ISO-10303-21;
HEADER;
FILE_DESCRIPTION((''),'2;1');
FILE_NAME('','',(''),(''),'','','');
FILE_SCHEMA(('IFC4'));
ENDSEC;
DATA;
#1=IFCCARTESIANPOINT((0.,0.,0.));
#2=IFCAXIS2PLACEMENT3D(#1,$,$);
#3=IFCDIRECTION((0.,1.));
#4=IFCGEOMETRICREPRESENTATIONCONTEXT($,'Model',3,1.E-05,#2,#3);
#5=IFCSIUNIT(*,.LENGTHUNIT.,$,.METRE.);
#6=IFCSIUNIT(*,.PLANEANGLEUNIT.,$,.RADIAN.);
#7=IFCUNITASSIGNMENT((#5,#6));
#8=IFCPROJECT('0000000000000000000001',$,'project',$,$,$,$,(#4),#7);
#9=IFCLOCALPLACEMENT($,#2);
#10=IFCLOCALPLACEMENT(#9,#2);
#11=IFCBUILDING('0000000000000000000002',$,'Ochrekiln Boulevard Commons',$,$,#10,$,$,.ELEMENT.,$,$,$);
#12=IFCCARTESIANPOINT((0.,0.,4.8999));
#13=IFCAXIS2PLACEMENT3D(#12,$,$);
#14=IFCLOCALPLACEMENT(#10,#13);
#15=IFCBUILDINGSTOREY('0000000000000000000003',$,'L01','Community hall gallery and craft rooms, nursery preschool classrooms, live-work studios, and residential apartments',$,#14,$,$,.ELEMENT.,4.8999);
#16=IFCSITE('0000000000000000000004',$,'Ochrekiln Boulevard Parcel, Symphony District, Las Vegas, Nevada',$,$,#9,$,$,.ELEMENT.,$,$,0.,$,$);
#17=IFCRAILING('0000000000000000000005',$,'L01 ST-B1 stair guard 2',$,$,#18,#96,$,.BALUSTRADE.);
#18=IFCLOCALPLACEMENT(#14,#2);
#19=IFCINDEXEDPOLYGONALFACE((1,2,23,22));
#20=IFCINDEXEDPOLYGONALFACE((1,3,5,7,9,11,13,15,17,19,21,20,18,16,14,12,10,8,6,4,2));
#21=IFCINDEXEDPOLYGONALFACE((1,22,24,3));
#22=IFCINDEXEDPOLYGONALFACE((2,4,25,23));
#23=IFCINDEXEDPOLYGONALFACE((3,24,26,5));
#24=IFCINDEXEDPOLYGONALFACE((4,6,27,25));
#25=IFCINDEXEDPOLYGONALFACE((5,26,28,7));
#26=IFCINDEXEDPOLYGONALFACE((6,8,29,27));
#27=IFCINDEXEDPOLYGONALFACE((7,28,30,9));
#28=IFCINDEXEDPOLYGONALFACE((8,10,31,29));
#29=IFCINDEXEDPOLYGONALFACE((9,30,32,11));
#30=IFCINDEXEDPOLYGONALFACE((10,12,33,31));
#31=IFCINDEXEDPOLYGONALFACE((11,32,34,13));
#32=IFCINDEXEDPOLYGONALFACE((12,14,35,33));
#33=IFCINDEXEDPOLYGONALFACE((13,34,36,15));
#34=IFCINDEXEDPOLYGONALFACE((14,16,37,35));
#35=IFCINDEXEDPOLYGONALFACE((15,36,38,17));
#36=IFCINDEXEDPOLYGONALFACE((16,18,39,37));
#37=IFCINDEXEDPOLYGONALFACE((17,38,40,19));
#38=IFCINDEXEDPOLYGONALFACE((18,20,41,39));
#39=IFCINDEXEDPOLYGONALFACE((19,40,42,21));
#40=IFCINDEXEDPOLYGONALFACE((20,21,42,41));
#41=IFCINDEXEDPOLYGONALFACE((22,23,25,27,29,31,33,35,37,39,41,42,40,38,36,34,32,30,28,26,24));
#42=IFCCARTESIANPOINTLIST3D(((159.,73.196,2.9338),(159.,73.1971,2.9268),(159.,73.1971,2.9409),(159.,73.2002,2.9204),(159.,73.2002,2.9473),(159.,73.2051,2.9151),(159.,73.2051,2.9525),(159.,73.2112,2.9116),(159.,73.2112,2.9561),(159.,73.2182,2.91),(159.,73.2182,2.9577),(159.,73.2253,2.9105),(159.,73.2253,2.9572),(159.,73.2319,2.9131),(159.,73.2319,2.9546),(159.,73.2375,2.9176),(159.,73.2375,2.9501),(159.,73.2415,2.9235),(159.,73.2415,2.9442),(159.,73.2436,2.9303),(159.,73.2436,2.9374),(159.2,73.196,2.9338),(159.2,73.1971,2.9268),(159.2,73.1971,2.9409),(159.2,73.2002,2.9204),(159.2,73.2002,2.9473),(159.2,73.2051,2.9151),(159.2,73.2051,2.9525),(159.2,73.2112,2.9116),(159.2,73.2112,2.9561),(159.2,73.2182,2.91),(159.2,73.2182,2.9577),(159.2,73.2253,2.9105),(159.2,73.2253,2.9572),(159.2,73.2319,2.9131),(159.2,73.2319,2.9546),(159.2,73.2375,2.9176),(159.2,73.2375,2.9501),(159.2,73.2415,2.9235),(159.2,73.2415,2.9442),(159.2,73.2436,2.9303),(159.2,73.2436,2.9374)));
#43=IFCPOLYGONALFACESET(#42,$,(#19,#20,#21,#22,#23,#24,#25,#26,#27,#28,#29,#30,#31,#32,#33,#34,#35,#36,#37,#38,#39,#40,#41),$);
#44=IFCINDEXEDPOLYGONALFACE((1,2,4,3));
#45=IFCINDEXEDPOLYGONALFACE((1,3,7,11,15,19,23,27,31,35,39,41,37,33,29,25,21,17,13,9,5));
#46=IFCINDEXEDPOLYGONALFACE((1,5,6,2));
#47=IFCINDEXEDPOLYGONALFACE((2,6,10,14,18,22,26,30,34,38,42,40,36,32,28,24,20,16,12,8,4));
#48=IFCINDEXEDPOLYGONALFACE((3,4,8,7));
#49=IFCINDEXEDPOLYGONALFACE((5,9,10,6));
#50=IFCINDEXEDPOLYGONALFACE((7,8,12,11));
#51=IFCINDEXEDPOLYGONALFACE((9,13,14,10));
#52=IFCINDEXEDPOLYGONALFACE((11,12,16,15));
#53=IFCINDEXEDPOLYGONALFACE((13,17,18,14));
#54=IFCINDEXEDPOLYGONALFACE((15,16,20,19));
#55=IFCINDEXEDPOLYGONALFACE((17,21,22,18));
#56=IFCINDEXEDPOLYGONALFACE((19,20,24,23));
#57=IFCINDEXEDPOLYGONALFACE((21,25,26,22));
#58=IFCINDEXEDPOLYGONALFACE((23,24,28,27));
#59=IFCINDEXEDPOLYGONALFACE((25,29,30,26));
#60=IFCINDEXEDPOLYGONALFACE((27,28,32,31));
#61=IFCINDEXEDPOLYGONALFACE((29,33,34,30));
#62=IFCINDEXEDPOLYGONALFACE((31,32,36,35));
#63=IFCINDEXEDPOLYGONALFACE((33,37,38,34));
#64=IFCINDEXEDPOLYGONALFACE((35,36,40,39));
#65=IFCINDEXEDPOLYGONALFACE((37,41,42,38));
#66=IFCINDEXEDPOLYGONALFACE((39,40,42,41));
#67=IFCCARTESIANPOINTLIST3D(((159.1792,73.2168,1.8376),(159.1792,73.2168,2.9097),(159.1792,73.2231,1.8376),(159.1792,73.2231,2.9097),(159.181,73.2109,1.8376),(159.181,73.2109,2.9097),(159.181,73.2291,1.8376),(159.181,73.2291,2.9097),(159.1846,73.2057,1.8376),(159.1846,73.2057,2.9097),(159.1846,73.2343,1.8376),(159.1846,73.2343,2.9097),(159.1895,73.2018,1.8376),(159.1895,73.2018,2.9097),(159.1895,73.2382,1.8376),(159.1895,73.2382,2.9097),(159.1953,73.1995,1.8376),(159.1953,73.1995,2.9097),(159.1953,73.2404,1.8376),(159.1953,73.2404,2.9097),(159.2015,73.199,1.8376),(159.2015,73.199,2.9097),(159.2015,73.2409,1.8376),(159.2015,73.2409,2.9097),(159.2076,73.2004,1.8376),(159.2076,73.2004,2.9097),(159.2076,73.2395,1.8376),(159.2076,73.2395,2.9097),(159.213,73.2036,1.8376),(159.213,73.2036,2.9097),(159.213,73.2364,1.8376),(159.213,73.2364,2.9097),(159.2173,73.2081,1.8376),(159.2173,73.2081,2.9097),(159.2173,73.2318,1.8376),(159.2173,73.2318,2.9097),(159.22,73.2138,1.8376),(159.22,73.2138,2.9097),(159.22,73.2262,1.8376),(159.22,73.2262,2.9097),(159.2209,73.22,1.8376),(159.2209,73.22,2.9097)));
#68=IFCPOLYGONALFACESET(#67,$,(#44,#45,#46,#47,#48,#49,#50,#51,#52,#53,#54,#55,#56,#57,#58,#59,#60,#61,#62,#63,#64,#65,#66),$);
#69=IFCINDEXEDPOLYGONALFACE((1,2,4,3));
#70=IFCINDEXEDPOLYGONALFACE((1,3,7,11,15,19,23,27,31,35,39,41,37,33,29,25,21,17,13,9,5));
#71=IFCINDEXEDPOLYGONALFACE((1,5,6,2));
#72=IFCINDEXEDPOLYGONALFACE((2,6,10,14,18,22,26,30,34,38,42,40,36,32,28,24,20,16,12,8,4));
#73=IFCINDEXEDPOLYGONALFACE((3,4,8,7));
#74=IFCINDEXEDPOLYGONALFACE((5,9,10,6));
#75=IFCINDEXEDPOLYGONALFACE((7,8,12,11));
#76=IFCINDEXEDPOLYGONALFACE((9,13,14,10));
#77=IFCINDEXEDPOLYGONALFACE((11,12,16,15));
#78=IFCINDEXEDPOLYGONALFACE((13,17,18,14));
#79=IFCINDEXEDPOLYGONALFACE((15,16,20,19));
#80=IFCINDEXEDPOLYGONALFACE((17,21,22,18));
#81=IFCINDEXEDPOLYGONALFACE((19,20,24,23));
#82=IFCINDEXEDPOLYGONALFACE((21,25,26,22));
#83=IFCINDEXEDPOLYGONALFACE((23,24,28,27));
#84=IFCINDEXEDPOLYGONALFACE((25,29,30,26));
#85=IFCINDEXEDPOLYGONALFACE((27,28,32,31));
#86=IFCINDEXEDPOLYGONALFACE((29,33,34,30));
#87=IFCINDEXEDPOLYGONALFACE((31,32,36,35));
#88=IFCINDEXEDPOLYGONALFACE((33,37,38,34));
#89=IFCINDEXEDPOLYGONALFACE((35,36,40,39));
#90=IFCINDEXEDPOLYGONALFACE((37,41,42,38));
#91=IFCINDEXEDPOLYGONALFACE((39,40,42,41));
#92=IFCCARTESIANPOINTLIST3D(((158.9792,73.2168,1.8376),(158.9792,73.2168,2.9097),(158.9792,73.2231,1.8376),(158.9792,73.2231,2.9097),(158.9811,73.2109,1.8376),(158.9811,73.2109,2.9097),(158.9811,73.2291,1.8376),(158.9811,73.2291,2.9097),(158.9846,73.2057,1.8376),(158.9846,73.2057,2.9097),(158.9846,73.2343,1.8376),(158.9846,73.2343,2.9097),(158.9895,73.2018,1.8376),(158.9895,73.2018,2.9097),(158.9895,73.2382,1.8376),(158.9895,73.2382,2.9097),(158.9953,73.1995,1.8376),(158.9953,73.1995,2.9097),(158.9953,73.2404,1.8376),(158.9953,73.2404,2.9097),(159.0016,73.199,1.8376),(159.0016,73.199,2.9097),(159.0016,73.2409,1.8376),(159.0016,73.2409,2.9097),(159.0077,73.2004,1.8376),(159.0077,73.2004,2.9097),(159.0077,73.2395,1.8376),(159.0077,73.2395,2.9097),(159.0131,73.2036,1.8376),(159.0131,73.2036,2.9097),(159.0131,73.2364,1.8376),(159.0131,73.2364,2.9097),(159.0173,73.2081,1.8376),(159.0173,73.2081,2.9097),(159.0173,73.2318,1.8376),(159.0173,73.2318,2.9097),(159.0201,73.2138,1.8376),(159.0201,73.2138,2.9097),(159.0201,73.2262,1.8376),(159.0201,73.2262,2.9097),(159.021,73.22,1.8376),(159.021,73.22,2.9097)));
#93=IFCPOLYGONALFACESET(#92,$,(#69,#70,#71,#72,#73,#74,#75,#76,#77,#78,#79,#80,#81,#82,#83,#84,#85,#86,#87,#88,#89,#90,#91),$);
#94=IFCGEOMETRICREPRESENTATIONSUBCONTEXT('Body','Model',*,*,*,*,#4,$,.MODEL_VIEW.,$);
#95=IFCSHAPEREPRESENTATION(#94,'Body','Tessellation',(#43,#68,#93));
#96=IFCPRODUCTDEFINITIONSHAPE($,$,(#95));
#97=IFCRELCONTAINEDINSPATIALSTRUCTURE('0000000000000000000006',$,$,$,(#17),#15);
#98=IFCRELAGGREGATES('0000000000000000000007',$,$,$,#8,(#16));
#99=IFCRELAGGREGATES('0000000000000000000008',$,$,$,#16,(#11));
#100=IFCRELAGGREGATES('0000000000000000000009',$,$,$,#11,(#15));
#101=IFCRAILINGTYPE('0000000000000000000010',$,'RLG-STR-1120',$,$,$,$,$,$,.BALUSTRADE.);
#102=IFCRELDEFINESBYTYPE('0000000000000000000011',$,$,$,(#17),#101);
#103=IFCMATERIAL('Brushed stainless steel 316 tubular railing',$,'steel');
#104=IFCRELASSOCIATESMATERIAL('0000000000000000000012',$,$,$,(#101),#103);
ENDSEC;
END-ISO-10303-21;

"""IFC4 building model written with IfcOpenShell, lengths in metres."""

from ifc_helpers import new_model, si_unit, direction, frame, origin, origin_2d, place, context, subcontext, project, spatial, circle, extrude, material, type_object, element, save


model = new_model("IFC4")

# Units and contexts
model_context = context("Model", 3, precision=1e-05, world=origin(), true_north=direction((0.0, 1.0)))
body_context = subcontext(model_context, "Body", "Model", "MODEL_VIEW")
ifc_project = project(units=[si_unit("LENGTHUNIT", "METRE"), si_unit("PLANEANGLEUNIT", "RADIAN")], contexts=[model_context])

# Site, building, storey
site_placement = place(None, origin())
site = spatial("IfcSite", under=ifc_project, at=site_placement, Name="Ochrekiln Boulevard Parcel, Symphony District, Las Vegas, Nevada", CompositionType="ELEMENT", RefElevation=0.0)
building_placement = place(site_placement, origin())
building = spatial("IfcBuilding", under=site, at=building_placement, Name="Ochrekiln Boulevard Commons", CompositionType="ELEMENT")
storey_placement = place(building_placement, frame((0.0, 0.0, 4.8999)))
storey = spatial("IfcBuildingStorey", under=building, at=storey_placement, Name="L01", Description="Community hall gallery and craft rooms, nursery preschool classrooms, live-work studios, and residential apartments", CompositionType="ELEMENT", Elevation=4.8999)

# Railing
ifc_material_1 = material(Name="Brushed stainless steel 316 tubular railing", Category="steel")
railing_type_1 = type_object("IfcRailingType", Name="RLG-STR-1120", PredefinedType="BALUSTRADE", material=ifc_material_1)
railing_1_placement = place(storey_placement, frame((159.2, 73.22, 1.8376)))
element("IfcRailing", 1, at=railing_1_placement, inside=storey, type_object=railing_type_1, Name="L01 ST-B1 stair guard 2", PredefinedType="BALUSTRADE", context=body_context, shape_type="SweptSolid", body=[
    extrude(circle(Radius=0.0239, at=origin_2d()), frame((0.0, 0.0, 1.0962), z_axis=(-1.0, 0.0, 0.0), x_axis=(0.0, -1.0, 0.0)), (0.0, 0.0, 1.0), 0.2),
    extrude(circle(Radius=0.021, at=origin_2d()), origin(), (0.0, 0.0, 1.0), 1.072),
    extrude(circle(Radius=0.021, at=origin_2d()), frame((-0.2, 0.0, 0.0)), (0.0, 0.0, 1.0), 1.072),
])

save(model, "model.ifc")
